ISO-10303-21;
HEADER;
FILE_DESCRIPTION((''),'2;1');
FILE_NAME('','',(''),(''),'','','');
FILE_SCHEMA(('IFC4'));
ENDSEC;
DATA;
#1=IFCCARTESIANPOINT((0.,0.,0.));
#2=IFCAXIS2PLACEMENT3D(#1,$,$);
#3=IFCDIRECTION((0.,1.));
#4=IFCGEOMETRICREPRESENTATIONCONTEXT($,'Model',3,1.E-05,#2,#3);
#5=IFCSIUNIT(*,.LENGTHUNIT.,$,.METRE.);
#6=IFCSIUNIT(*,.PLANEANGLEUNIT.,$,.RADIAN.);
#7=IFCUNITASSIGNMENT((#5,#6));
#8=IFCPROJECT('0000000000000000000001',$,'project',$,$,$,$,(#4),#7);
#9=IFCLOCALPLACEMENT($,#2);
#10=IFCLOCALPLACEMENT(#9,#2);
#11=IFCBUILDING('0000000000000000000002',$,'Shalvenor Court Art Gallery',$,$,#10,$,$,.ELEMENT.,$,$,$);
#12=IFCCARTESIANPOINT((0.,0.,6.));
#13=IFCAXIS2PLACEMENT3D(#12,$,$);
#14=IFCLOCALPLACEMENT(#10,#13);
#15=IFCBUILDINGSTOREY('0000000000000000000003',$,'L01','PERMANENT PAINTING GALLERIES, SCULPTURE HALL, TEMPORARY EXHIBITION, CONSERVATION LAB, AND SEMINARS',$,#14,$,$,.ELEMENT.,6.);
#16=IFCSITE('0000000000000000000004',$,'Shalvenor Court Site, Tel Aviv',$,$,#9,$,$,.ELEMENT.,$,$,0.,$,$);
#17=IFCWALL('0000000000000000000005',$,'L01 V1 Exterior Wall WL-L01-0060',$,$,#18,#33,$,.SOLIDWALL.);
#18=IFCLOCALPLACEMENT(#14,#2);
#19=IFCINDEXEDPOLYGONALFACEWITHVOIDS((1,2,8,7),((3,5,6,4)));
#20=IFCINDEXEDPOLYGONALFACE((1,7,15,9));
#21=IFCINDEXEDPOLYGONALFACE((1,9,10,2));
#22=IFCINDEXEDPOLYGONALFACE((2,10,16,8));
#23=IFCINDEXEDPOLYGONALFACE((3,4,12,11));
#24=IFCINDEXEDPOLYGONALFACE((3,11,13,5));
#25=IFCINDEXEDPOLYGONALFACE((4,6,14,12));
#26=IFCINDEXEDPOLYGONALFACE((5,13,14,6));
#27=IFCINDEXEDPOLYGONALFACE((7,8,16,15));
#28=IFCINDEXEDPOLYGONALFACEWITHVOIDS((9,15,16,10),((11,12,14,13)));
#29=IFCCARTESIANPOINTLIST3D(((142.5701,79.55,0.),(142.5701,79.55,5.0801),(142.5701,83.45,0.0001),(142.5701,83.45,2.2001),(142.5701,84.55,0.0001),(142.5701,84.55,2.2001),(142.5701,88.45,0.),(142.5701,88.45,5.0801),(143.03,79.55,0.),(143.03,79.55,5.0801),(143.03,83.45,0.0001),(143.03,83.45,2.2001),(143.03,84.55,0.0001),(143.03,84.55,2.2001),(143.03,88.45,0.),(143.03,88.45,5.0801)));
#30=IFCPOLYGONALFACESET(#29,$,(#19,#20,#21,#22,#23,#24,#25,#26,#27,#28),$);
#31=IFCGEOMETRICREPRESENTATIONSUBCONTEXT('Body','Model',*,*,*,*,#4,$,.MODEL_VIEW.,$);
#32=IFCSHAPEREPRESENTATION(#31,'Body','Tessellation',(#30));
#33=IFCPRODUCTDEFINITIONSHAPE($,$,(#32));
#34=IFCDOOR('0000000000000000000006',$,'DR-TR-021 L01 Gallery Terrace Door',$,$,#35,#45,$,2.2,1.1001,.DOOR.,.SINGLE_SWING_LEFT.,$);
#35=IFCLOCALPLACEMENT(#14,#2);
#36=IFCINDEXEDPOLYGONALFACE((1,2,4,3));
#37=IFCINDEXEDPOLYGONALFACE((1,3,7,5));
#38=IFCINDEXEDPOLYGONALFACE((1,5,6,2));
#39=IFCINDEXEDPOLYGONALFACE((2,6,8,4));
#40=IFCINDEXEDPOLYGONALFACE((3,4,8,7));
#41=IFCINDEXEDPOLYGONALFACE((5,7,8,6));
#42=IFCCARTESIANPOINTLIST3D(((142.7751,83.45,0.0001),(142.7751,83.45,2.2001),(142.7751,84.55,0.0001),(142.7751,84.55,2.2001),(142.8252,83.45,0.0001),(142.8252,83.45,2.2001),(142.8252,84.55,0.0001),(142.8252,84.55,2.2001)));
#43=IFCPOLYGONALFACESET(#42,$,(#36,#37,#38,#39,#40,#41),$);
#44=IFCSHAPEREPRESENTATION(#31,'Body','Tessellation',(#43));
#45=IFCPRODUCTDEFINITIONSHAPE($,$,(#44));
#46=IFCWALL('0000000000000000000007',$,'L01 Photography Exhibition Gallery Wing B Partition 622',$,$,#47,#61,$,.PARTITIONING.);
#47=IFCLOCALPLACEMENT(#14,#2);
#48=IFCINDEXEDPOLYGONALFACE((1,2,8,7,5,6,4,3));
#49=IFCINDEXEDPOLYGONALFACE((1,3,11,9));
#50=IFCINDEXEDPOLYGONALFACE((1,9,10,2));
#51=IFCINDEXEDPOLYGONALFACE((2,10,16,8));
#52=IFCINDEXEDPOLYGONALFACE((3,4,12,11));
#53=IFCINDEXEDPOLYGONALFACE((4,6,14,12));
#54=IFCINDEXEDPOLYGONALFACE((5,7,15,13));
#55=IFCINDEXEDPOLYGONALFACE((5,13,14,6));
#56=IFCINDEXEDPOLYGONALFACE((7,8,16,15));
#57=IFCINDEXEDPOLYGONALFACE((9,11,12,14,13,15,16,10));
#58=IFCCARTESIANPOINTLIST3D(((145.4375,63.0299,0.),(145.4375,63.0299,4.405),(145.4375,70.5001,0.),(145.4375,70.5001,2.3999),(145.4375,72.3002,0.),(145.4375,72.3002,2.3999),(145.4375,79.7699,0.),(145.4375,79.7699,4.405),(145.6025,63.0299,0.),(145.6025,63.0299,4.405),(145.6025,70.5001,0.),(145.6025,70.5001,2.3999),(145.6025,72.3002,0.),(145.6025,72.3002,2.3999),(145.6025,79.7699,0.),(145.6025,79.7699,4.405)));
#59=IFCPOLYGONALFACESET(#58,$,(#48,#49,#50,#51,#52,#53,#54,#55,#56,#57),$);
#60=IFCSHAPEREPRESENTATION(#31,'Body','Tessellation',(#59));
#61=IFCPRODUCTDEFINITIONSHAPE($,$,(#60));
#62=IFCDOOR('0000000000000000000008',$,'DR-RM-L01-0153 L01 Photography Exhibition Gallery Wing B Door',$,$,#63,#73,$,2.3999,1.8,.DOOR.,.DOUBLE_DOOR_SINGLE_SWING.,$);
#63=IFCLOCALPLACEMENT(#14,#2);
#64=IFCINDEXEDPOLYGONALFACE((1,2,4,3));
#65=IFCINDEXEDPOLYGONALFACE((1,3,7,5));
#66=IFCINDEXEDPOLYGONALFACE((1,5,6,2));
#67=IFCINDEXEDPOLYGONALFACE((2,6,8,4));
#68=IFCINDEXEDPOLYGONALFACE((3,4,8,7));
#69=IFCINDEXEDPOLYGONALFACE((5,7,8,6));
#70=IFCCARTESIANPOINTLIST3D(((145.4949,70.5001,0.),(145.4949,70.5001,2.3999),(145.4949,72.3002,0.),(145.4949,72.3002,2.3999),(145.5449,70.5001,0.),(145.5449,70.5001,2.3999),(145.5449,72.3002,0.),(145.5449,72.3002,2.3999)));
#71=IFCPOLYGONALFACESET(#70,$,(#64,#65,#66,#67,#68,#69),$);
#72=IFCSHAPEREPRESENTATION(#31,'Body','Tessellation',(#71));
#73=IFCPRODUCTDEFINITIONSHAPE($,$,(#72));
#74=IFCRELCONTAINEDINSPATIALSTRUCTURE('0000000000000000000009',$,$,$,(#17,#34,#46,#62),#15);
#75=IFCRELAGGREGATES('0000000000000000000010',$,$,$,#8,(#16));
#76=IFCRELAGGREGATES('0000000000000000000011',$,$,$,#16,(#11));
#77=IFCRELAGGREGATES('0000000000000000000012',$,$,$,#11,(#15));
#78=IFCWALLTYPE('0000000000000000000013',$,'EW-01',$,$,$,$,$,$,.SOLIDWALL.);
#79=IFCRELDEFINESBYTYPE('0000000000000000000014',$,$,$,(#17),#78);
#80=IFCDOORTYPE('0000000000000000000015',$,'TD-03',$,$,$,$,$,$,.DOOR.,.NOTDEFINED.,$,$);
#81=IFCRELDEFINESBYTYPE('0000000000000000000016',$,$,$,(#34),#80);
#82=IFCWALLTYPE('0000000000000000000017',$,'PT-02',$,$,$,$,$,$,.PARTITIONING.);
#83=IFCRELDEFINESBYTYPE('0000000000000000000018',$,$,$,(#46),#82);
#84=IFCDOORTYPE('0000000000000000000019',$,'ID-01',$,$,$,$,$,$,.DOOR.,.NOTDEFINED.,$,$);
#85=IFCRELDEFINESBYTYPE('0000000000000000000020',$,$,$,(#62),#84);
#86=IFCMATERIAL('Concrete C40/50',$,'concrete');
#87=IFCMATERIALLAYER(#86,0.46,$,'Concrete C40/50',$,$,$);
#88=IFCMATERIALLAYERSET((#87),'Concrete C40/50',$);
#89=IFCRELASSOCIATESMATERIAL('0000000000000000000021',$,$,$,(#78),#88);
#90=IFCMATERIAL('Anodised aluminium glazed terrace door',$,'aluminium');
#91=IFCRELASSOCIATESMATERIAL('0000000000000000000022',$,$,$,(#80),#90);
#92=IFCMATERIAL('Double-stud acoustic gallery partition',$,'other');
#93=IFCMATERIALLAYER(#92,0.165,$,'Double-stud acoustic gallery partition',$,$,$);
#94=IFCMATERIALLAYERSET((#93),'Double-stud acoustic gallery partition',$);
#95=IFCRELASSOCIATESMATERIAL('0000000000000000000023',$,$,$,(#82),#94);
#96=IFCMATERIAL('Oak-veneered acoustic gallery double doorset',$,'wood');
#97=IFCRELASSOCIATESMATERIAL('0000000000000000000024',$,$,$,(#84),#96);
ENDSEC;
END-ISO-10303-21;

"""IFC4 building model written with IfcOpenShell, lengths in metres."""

from ifc_helpers import new_model, si_unit, direction, frame, frame_2d, origin, place, context, subcontext, project, spatial, rectangle, extrude, material, layer, layer_set, type_object, element, fill, save


model = new_model("IFC4")

# Units and contexts
model_context = context("Model", 3, precision=1e-05, world=origin(), true_north=direction((0.0, 1.0)))
body_context = subcontext(model_context, "Body", "Model", "MODEL_VIEW")
ifc_project = project(units=[si_unit("LENGTHUNIT", "METRE"), si_unit("PLANEANGLEUNIT", "RADIAN")], contexts=[model_context])

# Site, building, storey
site_placement = place(None, origin())
site = spatial("IfcSite", under=ifc_project, at=site_placement, Name="Shalvenor Court Site, Tel Aviv", CompositionType="ELEMENT", RefElevation=0.0)
building_placement = place(site_placement, origin())
building = spatial("IfcBuilding", under=site, at=building_placement, Name="Shalvenor Court Art Gallery", CompositionType="ELEMENT")
storey_placement = place(building_placement, frame((0.0, 0.0, 6.0)))
storey = spatial("IfcBuildingStorey", under=building, at=storey_placement, Name="L01", Description="PERMANENT PAINTING GALLERIES, SCULPTURE HALL, TEMPORARY EXHIBITION, CONSERVATION LAB, AND SEMINARS", CompositionType="ELEMENT", Elevation=6.0)

# Walls, openings, doors
ifc_material_1 = material(Name="Concrete C40/50", Category="concrete")
ifc_layer_1 = layer(ifc_material_1, 0.46, Name="Concrete C40/50")
ifc_layer_set_1 = layer_set([ifc_layer_1], Name="Concrete C40/50")
wall_type_1 = type_object("IfcWallType", Name="EW-01", PredefinedType="SOLIDWALL", material=ifc_layer_set_1)
wall_1_placement = place(storey_placement, frame((142.8, 79.55, 0.0), z_axis=(0.0, 0.0, 1.0), x_axis=(0.0, 1.0, 0.0)))
wall_1 = element("IfcWall", 1, at=wall_1_placement, inside=storey, type_object=wall_type_1, Name="L01 V1 Exterior Wall WL-L01-0060", PredefinedType="SOLIDWALL", context=body_context, shape_type="SweptSolid", body=[
    extrude(rectangle(XDim=8.8999, YDim=0.46, at=frame_2d((4.45, 0.0))), origin(), (0.0, 0.0, 1.0), 5.0801),
])
opening_1_placement = place(wall_1_placement, frame((3.8999, 0.0, 0.0)))
opening_1 = element("IfcOpeningElement", 2, at=opening_1_placement, cuts=wall_1, PredefinedType="OPENING", context=body_context, shape_type="SweptSolid", body=[
    extrude(rectangle(XDim=1.1001, YDim=2.2, at=frame_2d((0.55, 1.1001))), frame((0.0, 0.24, 0.0), z_axis=(0.0, -1.0, 0.0), x_axis=(1.0, 0.0, 0.0)), (0.0, 0.0, 1.0), 0.48),
])
ifc_material_2 = material(Name="Anodised aluminium glazed terrace door", Category="aluminium")
door_type_1 = type_object("IfcDoorType", Name="TD-03", OperationType="NOTDEFINED", PredefinedType="DOOR", material=ifc_material_2)
door_1_placement = place(opening_1_placement, origin())
door_1 = element("IfcDoor", 3, at=door_1_placement, inside=storey, type_object=door_type_1, Name="DR-TR-021 L01 Gallery Terrace Door", OperationType="SINGLE_SWING_LEFT", OverallHeight=2.2, OverallWidth=1.1001, PredefinedType="DOOR", context=body_context, shape_type="SweptSolid", body=[
    extrude(rectangle(XDim=1.1001, YDim=2.2, at=frame_2d((0.55, 1.1001))), frame((0.0, 0.0249, 0.0), z_axis=(0.0, -1.0, 0.0), x_axis=(1.0, 0.0, 0.0)), (0.0, 0.0, 1.0), 0.05),
])
fill(opening_1, door_1)
ifc_material_3 = material(Name="Double-stud acoustic gallery partition", Category="other")
ifc_layer_2 = layer(ifc_material_3, 0.165, Name="Double-stud acoustic gallery partition")
ifc_layer_set_2 = layer_set([ifc_layer_2], Name="Double-stud acoustic gallery partition")
wall_type_2 = type_object("IfcWallType", Name="PT-02", PredefinedType="PARTITIONING", material=ifc_layer_set_2)
wall_2_placement = place(storey_placement, frame((145.52, 79.77, 0.0), z_axis=(0.0, 0.0, 1.0), x_axis=(0.0, -1.0, 0.0)))
wall_2 = element("IfcWall", 4, at=wall_2_placement, inside=storey, type_object=wall_type_2, Name="L01 Photography Exhibition Gallery Wing B Partition 622", PredefinedType="PARTITIONING", context=body_context, shape_type="SweptSolid", body=[
    extrude(rectangle(XDim=16.74, YDim=0.165, at=frame_2d((8.3701, 0.0))), origin(), (0.0, 0.0, 1.0), 4.405),
])
opening_2_placement = place(wall_2_placement, frame((7.47, 0.0, 0.0)))
opening_2 = element("IfcOpeningElement", 5, at=opening_2_placement, cuts=wall_2, PredefinedType="OPENING", context=body_context, shape_type="SweptSolid", body=[
    extrude(rectangle(XDim=1.8, YDim=2.3999, at=frame_2d((0.8999, 1.2))), frame((0.0, 0.0925, 0.0), z_axis=(0.0, -1.0, 0.0), x_axis=(1.0, 0.0, 0.0)), (0.0, 0.0, 1.0), 0.1851),
])
ifc_material_4 = material(Name="Oak-veneered acoustic gallery double doorset", Category="wood")
door_type_2 = type_object("IfcDoorType", Name="ID-01", OperationType="NOTDEFINED", PredefinedType="DOOR", material=ifc_material_4)
door_2_placement = place(opening_2_placement, origin())
door_2 = element("IfcDoor", 6, at=door_2_placement, inside=storey, type_object=door_type_2, Name="DR-RM-L01-0153 L01 Photography Exhibition Gallery Wing B Door", OperationType="DOUBLE_DOOR_SINGLE_SWING", OverallHeight=2.3999, OverallWidth=1.8, PredefinedType="DOOR", context=body_context, shape_type="SweptSolid", body=[
    extrude(rectangle(XDim=1.8, YDim=2.3999, at=frame_2d((0.8999, 1.2))), frame((0.0, 0.0249, 0.0), z_axis=(0.0, -1.0, 0.0), x_axis=(1.0, 0.0, 0.0)), (0.0, 0.0, 1.0), 0.05),
])
fill(opening_2, door_2)

save(model, "model.ifc")
